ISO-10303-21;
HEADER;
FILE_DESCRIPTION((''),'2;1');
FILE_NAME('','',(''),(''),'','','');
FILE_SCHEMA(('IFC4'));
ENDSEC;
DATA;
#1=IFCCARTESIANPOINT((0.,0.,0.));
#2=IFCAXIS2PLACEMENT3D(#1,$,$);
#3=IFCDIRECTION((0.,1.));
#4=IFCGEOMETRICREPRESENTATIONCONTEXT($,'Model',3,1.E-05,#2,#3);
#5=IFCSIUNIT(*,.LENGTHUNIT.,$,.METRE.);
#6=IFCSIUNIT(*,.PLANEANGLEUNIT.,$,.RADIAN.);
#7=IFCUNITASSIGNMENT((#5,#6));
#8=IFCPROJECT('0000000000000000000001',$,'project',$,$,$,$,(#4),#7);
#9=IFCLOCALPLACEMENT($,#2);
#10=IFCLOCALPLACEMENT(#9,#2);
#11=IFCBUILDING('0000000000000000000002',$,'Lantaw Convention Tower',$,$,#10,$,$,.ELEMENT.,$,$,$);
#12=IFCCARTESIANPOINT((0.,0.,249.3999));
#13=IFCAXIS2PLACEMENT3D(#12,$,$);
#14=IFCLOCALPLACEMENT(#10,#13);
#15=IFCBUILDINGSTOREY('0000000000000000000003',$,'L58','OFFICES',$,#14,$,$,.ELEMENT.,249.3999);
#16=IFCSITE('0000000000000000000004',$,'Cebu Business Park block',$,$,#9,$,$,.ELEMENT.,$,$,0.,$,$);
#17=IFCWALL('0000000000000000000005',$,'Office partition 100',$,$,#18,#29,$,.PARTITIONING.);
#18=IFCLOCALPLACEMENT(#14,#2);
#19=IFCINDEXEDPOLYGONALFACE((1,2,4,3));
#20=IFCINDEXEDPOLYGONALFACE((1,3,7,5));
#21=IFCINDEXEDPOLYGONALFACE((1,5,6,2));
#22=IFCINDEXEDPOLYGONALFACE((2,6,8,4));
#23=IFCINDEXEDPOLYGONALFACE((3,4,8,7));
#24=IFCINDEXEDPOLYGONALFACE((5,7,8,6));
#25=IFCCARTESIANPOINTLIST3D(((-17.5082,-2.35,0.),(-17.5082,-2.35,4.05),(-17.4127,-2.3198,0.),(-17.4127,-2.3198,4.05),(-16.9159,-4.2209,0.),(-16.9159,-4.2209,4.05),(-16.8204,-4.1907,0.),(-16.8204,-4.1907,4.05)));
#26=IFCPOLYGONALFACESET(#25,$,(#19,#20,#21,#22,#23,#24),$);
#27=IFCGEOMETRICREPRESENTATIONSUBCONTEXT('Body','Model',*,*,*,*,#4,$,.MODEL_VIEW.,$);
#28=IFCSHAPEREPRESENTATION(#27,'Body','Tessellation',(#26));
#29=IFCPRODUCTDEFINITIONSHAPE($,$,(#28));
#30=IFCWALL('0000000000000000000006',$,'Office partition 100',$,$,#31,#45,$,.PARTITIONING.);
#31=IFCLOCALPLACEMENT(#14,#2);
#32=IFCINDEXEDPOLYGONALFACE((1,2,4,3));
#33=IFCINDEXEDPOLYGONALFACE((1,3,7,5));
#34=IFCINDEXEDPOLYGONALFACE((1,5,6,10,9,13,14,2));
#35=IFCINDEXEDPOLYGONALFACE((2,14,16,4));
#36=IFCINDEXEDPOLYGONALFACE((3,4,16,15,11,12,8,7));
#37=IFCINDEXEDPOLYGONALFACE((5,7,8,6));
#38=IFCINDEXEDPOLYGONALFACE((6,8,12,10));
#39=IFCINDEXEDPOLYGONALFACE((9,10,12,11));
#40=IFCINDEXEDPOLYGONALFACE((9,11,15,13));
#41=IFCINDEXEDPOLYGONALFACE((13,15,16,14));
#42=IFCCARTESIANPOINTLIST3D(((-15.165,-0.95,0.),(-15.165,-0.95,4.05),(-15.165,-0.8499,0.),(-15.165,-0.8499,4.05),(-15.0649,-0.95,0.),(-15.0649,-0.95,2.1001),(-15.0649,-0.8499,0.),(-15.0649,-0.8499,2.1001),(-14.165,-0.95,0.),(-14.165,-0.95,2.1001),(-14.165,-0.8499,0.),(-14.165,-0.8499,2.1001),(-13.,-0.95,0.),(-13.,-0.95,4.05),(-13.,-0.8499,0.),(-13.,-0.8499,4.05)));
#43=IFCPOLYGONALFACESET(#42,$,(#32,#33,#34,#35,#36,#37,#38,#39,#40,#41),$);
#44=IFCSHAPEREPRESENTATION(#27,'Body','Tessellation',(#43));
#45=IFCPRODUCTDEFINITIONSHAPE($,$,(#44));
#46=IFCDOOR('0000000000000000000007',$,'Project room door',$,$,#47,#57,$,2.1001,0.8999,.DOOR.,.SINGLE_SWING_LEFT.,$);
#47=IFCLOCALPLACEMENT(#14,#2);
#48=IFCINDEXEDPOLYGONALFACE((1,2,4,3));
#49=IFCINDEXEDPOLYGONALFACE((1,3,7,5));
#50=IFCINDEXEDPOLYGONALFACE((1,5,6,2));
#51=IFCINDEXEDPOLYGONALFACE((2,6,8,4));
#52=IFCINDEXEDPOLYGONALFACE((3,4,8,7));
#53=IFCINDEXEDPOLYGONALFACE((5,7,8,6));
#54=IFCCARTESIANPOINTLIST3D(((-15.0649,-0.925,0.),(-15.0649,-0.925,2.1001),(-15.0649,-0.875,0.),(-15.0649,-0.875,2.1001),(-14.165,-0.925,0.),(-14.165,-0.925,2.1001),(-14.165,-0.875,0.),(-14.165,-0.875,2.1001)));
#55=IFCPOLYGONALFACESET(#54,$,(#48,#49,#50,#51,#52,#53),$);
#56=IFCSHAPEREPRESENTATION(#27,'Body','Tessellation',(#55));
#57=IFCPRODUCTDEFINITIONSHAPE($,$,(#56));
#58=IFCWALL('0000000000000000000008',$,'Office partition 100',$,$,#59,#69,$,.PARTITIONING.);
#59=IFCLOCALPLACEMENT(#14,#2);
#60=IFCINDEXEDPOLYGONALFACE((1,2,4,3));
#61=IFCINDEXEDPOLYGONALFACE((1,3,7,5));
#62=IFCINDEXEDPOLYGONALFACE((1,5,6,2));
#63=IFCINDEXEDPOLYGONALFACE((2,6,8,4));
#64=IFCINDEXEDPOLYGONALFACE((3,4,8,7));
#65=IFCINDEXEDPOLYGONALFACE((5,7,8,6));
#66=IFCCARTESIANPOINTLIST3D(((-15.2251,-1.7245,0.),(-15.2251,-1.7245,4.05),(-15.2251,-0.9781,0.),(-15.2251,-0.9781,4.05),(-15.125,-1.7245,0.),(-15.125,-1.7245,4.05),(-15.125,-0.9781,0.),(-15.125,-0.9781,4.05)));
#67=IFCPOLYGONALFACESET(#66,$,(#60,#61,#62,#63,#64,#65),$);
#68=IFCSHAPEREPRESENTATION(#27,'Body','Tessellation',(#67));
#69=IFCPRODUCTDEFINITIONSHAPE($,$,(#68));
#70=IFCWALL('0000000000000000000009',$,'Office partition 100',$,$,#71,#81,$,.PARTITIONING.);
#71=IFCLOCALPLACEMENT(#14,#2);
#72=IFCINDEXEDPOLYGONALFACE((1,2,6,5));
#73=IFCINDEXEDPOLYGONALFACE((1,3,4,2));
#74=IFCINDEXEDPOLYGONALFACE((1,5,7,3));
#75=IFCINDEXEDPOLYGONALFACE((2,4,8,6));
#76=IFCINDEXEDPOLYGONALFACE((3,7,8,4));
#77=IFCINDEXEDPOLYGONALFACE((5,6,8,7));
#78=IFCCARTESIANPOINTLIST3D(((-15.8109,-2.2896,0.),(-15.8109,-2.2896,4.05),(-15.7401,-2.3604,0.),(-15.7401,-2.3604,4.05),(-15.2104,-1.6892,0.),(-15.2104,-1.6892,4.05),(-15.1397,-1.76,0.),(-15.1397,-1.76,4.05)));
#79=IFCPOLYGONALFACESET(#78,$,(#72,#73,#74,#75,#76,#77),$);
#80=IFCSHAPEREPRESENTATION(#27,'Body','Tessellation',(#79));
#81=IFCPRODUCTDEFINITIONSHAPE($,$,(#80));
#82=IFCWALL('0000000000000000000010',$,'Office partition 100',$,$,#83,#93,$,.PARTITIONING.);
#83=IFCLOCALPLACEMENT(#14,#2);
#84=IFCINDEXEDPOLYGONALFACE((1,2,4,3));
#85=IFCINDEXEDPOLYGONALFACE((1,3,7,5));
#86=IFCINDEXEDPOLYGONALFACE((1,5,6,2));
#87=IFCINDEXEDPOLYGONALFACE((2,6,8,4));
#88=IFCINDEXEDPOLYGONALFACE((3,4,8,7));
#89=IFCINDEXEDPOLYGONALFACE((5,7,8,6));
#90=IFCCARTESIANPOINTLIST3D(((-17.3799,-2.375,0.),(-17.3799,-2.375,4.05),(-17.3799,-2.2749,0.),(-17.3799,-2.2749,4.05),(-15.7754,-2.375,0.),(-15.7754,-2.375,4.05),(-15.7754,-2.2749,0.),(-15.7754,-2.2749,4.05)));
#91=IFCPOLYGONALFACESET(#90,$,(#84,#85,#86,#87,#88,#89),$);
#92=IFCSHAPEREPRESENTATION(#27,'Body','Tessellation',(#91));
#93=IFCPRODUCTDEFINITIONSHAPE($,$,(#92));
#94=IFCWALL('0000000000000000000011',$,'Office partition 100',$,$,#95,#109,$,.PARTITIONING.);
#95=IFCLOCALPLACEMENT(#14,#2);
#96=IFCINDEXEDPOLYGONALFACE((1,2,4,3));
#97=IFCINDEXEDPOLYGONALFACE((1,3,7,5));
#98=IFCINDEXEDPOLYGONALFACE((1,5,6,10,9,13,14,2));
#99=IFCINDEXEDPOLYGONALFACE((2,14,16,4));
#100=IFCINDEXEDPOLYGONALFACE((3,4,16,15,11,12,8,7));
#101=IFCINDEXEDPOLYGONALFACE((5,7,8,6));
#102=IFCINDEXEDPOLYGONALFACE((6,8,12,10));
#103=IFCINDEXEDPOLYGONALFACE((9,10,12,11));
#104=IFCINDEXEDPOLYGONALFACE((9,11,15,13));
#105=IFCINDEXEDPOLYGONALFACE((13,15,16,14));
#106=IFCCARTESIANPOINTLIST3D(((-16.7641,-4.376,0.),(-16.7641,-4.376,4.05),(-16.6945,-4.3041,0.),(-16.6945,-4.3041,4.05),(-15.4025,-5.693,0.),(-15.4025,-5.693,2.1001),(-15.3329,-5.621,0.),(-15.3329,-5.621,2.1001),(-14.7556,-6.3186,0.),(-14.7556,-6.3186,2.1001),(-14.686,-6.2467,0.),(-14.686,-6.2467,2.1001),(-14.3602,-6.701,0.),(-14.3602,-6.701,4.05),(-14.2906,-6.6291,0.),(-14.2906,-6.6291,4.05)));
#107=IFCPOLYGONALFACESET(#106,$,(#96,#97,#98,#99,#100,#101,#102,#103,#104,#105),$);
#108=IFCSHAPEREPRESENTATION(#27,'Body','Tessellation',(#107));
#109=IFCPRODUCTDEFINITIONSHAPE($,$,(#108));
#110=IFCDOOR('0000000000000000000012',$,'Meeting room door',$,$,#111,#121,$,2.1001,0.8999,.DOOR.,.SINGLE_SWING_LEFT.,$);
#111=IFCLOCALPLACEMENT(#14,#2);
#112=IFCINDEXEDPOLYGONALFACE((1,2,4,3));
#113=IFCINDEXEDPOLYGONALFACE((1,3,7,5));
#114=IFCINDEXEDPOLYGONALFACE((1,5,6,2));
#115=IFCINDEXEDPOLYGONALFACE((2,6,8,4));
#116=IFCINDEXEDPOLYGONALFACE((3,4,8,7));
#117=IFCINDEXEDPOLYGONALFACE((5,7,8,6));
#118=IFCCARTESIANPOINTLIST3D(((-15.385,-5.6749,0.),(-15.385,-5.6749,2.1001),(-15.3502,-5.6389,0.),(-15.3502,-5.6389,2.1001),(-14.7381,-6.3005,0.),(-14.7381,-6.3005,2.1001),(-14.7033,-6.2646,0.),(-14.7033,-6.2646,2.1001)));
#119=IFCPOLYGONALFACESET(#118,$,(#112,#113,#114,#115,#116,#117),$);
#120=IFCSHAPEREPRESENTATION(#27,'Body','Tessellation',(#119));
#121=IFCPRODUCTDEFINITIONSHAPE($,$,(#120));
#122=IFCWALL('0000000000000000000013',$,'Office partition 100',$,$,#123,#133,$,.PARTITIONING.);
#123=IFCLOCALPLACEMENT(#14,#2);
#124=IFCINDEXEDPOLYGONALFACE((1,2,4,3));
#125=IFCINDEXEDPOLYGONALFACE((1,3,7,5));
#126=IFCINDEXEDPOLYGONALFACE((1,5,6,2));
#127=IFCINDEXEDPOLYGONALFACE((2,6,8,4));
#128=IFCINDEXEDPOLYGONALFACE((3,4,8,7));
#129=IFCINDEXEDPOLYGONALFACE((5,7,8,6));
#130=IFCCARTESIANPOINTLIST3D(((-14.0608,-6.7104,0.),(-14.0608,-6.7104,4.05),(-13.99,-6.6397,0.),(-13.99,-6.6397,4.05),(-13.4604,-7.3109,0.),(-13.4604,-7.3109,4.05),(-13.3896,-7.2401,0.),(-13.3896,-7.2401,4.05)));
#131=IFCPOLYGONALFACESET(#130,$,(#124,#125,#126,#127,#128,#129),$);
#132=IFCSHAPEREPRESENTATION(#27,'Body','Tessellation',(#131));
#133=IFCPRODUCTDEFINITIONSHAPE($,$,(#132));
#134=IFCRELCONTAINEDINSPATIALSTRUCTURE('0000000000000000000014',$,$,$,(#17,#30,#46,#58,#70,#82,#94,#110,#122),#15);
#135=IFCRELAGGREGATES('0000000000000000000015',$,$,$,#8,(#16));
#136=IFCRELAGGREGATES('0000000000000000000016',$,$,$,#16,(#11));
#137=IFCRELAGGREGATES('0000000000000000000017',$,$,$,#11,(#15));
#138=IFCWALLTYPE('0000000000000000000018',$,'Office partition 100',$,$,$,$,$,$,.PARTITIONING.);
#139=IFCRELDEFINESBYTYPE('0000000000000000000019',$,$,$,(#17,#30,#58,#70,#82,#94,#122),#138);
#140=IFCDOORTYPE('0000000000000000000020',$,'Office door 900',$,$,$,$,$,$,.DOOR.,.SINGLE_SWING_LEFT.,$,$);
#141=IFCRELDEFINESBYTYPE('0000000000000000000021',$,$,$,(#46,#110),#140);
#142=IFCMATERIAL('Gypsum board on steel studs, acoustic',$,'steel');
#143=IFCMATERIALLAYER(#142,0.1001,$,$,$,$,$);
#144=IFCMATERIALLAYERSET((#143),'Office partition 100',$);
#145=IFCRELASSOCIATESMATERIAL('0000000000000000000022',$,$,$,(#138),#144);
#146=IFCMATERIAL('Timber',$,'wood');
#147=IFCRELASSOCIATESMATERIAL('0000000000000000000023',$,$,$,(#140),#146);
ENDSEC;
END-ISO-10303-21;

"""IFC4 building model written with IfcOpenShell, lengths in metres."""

from ifc_helpers import new_model, si_unit, direction, frame, frame_2d, origin, place, context, subcontext, project, spatial, rectangle, extrude, material, layer, layer_set, type_object, element, fill, save


model = new_model("IFC4")

# Units and contexts
model_context = context("Model", 3, precision=1e-05, world=origin(), true_north=direction((0.0, 1.0)))
body_context = subcontext(model_context, "Body", "Model", "MODEL_VIEW")
ifc_project = project(units=[si_unit("LENGTHUNIT", "METRE"), si_unit("PLANEANGLEUNIT", "RADIAN")], contexts=[model_context])

# Site, building, storey
site_placement = place(None, origin())
site = spatial("IfcSite", under=ifc_project, at=site_placement, Name="Cebu Business Park block", CompositionType="ELEMENT", RefElevation=0.0)
building_placement = place(site_placement, origin())
building = spatial("IfcBuilding", under=site, at=building_placement, Name="Lantaw Convention Tower", CompositionType="ELEMENT")
storey_placement = place(building_placement, frame((0.0, 0.0, 249.3999)))
storey = spatial("IfcBuildingStorey", under=building, at=storey_placement, Name="L58", Description="OFFICES", CompositionType="ELEMENT", Elevation=249.3999)

# Wall
ifc_material_1 = material(Name="Gypsum board on steel studs, acoustic", Category="steel")
ifc_layer_1 = layer(ifc_material_1, 0.1001)
ifc_layer_set_1 = layer_set([ifc_layer_1], Name="Office partition 100")
wall_type_1 = type_object("IfcWallType", Name="Office partition 100", PredefinedType="PARTITIONING", material=ifc_layer_set_1)
wall_1_placement = place(storey_placement, frame((-16.8682, -4.2058, 0.0), z_axis=(0.0, 0.0, 1.0), x_axis=(-0.301822, 0.953364, 0.0)))
element("IfcWall", 1, at=wall_1_placement, inside=storey, type_object=wall_type_1, Name="Office partition 100", PredefinedType="PARTITIONING", context=body_context, shape_type="SweptSolid", body=[
    extrude(rectangle(XDim=1.9624, YDim=0.1001, at=frame_2d((0.9812, 0.0))), origin(), (0.0, 0.0, 1.0), 4.05),
])

# Wall, opening, door
wall_2_placement = place(storey_placement, frame((-15.165, -0.8999, 0.0), z_axis=(0.0, 0.0, 1.0), x_axis=(1.0, 0.0, 0.0)))
wall_2 = element("IfcWall", 2, at=wall_2_placement, inside=storey, type_object=wall_type_1, Name="Office partition 100", PredefinedType="PARTITIONING", context=body_context, shape_type="SweptSolid", body=[
    extrude(rectangle(XDim=2.165, YDim=0.1001, at=frame_2d((1.0825, 0.0))), origin(), (0.0, 0.0, 1.0), 4.05),
])
opening_1_placement = place(wall_2_placement, frame((0.1001, 0.0, 0.0)))
opening_1 = element("IfcOpeningElement", 3, at=opening_1_placement, cuts=wall_2, PredefinedType="OPENING", context=body_context, shape_type="SweptSolid", body=[
    extrude(rectangle(XDim=0.8999, YDim=2.1001, at=frame_2d((0.45, 1.05))), frame((0.0, 0.0601, 0.0), z_axis=(0.0, -1.0, 0.0), x_axis=(1.0, 0.0, 0.0)), (0.0, 0.0, 1.0), 0.1201),
])
ifc_material_2 = material(Name="Timber", Category="wood")
door_type = type_object("IfcDoorType", Name="Office door 900", OperationType="SINGLE_SWING_LEFT", PredefinedType="DOOR", material=ifc_material_2)
door_1_placement = place(opening_1_placement, origin())
door_1 = element("IfcDoor", 4, at=door_1_placement, inside=storey, type_object=door_type, Name="Project room door", OperationType="SINGLE_SWING_LEFT", OverallHeight=2.1001, OverallWidth=0.8999, PredefinedType="DOOR", context=body_context, shape_type="SweptSolid", body=[
    extrude(rectangle(XDim=0.8999, YDim=2.1001, at=frame_2d((0.45, 1.05))), frame((0.0, 0.0249, 0.0), z_axis=(0.0, -1.0, 0.0), x_axis=(1.0, 0.0, 0.0)), (0.0, 0.0, 1.0), 0.05),
])
fill(opening_1, door_1)

# Walls
wall_3_placement = place(storey_placement, frame((-15.175, -0.9783, 0.0), z_axis=(0.0, 0.0, 1.0), x_axis=(0.0, -1.0, 0.0)))
element("IfcWall", 5, at=wall_3_placement, inside=storey, type_object=wall_type_1, Name="Office partition 100", PredefinedType="PARTITIONING", context=body_context, shape_type="SweptSolid", body=[
    extrude(rectangle(XDim=0.7463, YDim=0.1001, at=frame_2d((0.373, 0.0))), origin(), (0.0, 0.0, 1.0), 4.05),
])
wall_4_placement = place(storey_placement, frame((-15.175, -1.7246, 0.0), z_axis=(0.0, 0.0, 1.0), x_axis=(-0.707107, -0.707107, 0.0)))
element("IfcWall", 6, at=wall_4_placement, inside=storey, type_object=wall_type_1, Name="Office partition 100", PredefinedType="PARTITIONING", context=body_context, shape_type="SweptSolid", body=[
    extrude(rectangle(XDim=0.8491, YDim=0.1001, at=frame_2d((0.4246, 0.0))), origin(), (0.0, 0.0, 1.0), 4.05),
])
wall_5_placement = place(storey_placement, frame((-15.7754, -2.325, 0.0), z_axis=(0.0, 0.0, 1.0), x_axis=(-1.0, 0.0, 0.0)))
element("IfcWall", 7, at=wall_5_placement, inside=storey, type_object=wall_type_1, Name="Office partition 100", PredefinedType="PARTITIONING", context=body_context, shape_type="SweptSolid", body=[
    extrude(rectangle(XDim=1.6045, YDim=0.1001, at=frame_2d((0.8022, 0.0))), origin(), (0.0, 0.0, 1.0), 4.05),
])

# Wall, opening, door
wall_6_placement = place(storey_placement, frame((-14.3254, -6.665, 0.0), z_axis=(0.0, 0.0, 1.0), x_axis=(-0.718799, 0.695218, 0.0)))
wall_6 = element("IfcWall", 8, at=wall_6_placement, inside=storey, type_object=wall_type_1, Name="Office partition 100", PredefinedType="PARTITIONING", context=body_context, shape_type="SweptSolid", body=[
    extrude(rectangle(XDim=3.3442, YDim=0.1001, at=frame_2d((1.6721, 0.0))), origin(), (0.0, 0.0, 1.0), 4.05),
])
opening_2_placement = place(wall_6_placement, frame((0.55, 0.0, 0.0)))
opening_2 = element("IfcOpeningElement", 9, at=opening_2_placement, cuts=wall_6, PredefinedType="OPENING", context=body_context, shape_type="SweptSolid", body=[
    extrude(rectangle(XDim=0.8999, YDim=2.1001, at=frame_2d((0.45, 1.05))), frame((0.0, 0.0601, 0.0), z_axis=(0.0, -1.0, 0.0), x_axis=(1.0, 0.0, 0.0)), (0.0, 0.0, 1.0), 0.1201),
])
door_2_placement = place(opening_2_placement, origin())
door_2 = element("IfcDoor", 10, at=door_2_placement, inside=storey, type_object=door_type, Name="Meeting room door", OperationType="SINGLE_SWING_LEFT", OverallHeight=2.1001, OverallWidth=0.8999, PredefinedType="DOOR", context=body_context, shape_type="SweptSolid", body=[
    extrude(rectangle(XDim=0.8999, YDim=2.1001, at=frame_2d((0.45, 1.05))), frame((0.0, 0.0249, 0.0), z_axis=(0.0, -1.0, 0.0), x_axis=(1.0, 0.0, 0.0)), (0.0, 0.0, 1.0), 0.05),
])
fill(opening_2, door_2)

# Wall
wall_7_placement = place(storey_placement, frame((-14.0254, -6.675, 0.0), z_axis=(0.0, 0.0, 1.0), x_axis=(0.707107, -0.707107, 0.0)))
element("IfcWall", 11, at=wall_7_placement, inside=storey, type_object=wall_type_1, Name="Office partition 100", PredefinedType="PARTITIONING", context=body_context, shape_type="SweptSolid", body=[
    extrude(rectangle(XDim=0.8491, YDim=0.1001, at=frame_2d((0.4246, 0.0))), origin(), (0.0, 0.0, 1.0), 4.05),
])

save(model, "model.ifc")
